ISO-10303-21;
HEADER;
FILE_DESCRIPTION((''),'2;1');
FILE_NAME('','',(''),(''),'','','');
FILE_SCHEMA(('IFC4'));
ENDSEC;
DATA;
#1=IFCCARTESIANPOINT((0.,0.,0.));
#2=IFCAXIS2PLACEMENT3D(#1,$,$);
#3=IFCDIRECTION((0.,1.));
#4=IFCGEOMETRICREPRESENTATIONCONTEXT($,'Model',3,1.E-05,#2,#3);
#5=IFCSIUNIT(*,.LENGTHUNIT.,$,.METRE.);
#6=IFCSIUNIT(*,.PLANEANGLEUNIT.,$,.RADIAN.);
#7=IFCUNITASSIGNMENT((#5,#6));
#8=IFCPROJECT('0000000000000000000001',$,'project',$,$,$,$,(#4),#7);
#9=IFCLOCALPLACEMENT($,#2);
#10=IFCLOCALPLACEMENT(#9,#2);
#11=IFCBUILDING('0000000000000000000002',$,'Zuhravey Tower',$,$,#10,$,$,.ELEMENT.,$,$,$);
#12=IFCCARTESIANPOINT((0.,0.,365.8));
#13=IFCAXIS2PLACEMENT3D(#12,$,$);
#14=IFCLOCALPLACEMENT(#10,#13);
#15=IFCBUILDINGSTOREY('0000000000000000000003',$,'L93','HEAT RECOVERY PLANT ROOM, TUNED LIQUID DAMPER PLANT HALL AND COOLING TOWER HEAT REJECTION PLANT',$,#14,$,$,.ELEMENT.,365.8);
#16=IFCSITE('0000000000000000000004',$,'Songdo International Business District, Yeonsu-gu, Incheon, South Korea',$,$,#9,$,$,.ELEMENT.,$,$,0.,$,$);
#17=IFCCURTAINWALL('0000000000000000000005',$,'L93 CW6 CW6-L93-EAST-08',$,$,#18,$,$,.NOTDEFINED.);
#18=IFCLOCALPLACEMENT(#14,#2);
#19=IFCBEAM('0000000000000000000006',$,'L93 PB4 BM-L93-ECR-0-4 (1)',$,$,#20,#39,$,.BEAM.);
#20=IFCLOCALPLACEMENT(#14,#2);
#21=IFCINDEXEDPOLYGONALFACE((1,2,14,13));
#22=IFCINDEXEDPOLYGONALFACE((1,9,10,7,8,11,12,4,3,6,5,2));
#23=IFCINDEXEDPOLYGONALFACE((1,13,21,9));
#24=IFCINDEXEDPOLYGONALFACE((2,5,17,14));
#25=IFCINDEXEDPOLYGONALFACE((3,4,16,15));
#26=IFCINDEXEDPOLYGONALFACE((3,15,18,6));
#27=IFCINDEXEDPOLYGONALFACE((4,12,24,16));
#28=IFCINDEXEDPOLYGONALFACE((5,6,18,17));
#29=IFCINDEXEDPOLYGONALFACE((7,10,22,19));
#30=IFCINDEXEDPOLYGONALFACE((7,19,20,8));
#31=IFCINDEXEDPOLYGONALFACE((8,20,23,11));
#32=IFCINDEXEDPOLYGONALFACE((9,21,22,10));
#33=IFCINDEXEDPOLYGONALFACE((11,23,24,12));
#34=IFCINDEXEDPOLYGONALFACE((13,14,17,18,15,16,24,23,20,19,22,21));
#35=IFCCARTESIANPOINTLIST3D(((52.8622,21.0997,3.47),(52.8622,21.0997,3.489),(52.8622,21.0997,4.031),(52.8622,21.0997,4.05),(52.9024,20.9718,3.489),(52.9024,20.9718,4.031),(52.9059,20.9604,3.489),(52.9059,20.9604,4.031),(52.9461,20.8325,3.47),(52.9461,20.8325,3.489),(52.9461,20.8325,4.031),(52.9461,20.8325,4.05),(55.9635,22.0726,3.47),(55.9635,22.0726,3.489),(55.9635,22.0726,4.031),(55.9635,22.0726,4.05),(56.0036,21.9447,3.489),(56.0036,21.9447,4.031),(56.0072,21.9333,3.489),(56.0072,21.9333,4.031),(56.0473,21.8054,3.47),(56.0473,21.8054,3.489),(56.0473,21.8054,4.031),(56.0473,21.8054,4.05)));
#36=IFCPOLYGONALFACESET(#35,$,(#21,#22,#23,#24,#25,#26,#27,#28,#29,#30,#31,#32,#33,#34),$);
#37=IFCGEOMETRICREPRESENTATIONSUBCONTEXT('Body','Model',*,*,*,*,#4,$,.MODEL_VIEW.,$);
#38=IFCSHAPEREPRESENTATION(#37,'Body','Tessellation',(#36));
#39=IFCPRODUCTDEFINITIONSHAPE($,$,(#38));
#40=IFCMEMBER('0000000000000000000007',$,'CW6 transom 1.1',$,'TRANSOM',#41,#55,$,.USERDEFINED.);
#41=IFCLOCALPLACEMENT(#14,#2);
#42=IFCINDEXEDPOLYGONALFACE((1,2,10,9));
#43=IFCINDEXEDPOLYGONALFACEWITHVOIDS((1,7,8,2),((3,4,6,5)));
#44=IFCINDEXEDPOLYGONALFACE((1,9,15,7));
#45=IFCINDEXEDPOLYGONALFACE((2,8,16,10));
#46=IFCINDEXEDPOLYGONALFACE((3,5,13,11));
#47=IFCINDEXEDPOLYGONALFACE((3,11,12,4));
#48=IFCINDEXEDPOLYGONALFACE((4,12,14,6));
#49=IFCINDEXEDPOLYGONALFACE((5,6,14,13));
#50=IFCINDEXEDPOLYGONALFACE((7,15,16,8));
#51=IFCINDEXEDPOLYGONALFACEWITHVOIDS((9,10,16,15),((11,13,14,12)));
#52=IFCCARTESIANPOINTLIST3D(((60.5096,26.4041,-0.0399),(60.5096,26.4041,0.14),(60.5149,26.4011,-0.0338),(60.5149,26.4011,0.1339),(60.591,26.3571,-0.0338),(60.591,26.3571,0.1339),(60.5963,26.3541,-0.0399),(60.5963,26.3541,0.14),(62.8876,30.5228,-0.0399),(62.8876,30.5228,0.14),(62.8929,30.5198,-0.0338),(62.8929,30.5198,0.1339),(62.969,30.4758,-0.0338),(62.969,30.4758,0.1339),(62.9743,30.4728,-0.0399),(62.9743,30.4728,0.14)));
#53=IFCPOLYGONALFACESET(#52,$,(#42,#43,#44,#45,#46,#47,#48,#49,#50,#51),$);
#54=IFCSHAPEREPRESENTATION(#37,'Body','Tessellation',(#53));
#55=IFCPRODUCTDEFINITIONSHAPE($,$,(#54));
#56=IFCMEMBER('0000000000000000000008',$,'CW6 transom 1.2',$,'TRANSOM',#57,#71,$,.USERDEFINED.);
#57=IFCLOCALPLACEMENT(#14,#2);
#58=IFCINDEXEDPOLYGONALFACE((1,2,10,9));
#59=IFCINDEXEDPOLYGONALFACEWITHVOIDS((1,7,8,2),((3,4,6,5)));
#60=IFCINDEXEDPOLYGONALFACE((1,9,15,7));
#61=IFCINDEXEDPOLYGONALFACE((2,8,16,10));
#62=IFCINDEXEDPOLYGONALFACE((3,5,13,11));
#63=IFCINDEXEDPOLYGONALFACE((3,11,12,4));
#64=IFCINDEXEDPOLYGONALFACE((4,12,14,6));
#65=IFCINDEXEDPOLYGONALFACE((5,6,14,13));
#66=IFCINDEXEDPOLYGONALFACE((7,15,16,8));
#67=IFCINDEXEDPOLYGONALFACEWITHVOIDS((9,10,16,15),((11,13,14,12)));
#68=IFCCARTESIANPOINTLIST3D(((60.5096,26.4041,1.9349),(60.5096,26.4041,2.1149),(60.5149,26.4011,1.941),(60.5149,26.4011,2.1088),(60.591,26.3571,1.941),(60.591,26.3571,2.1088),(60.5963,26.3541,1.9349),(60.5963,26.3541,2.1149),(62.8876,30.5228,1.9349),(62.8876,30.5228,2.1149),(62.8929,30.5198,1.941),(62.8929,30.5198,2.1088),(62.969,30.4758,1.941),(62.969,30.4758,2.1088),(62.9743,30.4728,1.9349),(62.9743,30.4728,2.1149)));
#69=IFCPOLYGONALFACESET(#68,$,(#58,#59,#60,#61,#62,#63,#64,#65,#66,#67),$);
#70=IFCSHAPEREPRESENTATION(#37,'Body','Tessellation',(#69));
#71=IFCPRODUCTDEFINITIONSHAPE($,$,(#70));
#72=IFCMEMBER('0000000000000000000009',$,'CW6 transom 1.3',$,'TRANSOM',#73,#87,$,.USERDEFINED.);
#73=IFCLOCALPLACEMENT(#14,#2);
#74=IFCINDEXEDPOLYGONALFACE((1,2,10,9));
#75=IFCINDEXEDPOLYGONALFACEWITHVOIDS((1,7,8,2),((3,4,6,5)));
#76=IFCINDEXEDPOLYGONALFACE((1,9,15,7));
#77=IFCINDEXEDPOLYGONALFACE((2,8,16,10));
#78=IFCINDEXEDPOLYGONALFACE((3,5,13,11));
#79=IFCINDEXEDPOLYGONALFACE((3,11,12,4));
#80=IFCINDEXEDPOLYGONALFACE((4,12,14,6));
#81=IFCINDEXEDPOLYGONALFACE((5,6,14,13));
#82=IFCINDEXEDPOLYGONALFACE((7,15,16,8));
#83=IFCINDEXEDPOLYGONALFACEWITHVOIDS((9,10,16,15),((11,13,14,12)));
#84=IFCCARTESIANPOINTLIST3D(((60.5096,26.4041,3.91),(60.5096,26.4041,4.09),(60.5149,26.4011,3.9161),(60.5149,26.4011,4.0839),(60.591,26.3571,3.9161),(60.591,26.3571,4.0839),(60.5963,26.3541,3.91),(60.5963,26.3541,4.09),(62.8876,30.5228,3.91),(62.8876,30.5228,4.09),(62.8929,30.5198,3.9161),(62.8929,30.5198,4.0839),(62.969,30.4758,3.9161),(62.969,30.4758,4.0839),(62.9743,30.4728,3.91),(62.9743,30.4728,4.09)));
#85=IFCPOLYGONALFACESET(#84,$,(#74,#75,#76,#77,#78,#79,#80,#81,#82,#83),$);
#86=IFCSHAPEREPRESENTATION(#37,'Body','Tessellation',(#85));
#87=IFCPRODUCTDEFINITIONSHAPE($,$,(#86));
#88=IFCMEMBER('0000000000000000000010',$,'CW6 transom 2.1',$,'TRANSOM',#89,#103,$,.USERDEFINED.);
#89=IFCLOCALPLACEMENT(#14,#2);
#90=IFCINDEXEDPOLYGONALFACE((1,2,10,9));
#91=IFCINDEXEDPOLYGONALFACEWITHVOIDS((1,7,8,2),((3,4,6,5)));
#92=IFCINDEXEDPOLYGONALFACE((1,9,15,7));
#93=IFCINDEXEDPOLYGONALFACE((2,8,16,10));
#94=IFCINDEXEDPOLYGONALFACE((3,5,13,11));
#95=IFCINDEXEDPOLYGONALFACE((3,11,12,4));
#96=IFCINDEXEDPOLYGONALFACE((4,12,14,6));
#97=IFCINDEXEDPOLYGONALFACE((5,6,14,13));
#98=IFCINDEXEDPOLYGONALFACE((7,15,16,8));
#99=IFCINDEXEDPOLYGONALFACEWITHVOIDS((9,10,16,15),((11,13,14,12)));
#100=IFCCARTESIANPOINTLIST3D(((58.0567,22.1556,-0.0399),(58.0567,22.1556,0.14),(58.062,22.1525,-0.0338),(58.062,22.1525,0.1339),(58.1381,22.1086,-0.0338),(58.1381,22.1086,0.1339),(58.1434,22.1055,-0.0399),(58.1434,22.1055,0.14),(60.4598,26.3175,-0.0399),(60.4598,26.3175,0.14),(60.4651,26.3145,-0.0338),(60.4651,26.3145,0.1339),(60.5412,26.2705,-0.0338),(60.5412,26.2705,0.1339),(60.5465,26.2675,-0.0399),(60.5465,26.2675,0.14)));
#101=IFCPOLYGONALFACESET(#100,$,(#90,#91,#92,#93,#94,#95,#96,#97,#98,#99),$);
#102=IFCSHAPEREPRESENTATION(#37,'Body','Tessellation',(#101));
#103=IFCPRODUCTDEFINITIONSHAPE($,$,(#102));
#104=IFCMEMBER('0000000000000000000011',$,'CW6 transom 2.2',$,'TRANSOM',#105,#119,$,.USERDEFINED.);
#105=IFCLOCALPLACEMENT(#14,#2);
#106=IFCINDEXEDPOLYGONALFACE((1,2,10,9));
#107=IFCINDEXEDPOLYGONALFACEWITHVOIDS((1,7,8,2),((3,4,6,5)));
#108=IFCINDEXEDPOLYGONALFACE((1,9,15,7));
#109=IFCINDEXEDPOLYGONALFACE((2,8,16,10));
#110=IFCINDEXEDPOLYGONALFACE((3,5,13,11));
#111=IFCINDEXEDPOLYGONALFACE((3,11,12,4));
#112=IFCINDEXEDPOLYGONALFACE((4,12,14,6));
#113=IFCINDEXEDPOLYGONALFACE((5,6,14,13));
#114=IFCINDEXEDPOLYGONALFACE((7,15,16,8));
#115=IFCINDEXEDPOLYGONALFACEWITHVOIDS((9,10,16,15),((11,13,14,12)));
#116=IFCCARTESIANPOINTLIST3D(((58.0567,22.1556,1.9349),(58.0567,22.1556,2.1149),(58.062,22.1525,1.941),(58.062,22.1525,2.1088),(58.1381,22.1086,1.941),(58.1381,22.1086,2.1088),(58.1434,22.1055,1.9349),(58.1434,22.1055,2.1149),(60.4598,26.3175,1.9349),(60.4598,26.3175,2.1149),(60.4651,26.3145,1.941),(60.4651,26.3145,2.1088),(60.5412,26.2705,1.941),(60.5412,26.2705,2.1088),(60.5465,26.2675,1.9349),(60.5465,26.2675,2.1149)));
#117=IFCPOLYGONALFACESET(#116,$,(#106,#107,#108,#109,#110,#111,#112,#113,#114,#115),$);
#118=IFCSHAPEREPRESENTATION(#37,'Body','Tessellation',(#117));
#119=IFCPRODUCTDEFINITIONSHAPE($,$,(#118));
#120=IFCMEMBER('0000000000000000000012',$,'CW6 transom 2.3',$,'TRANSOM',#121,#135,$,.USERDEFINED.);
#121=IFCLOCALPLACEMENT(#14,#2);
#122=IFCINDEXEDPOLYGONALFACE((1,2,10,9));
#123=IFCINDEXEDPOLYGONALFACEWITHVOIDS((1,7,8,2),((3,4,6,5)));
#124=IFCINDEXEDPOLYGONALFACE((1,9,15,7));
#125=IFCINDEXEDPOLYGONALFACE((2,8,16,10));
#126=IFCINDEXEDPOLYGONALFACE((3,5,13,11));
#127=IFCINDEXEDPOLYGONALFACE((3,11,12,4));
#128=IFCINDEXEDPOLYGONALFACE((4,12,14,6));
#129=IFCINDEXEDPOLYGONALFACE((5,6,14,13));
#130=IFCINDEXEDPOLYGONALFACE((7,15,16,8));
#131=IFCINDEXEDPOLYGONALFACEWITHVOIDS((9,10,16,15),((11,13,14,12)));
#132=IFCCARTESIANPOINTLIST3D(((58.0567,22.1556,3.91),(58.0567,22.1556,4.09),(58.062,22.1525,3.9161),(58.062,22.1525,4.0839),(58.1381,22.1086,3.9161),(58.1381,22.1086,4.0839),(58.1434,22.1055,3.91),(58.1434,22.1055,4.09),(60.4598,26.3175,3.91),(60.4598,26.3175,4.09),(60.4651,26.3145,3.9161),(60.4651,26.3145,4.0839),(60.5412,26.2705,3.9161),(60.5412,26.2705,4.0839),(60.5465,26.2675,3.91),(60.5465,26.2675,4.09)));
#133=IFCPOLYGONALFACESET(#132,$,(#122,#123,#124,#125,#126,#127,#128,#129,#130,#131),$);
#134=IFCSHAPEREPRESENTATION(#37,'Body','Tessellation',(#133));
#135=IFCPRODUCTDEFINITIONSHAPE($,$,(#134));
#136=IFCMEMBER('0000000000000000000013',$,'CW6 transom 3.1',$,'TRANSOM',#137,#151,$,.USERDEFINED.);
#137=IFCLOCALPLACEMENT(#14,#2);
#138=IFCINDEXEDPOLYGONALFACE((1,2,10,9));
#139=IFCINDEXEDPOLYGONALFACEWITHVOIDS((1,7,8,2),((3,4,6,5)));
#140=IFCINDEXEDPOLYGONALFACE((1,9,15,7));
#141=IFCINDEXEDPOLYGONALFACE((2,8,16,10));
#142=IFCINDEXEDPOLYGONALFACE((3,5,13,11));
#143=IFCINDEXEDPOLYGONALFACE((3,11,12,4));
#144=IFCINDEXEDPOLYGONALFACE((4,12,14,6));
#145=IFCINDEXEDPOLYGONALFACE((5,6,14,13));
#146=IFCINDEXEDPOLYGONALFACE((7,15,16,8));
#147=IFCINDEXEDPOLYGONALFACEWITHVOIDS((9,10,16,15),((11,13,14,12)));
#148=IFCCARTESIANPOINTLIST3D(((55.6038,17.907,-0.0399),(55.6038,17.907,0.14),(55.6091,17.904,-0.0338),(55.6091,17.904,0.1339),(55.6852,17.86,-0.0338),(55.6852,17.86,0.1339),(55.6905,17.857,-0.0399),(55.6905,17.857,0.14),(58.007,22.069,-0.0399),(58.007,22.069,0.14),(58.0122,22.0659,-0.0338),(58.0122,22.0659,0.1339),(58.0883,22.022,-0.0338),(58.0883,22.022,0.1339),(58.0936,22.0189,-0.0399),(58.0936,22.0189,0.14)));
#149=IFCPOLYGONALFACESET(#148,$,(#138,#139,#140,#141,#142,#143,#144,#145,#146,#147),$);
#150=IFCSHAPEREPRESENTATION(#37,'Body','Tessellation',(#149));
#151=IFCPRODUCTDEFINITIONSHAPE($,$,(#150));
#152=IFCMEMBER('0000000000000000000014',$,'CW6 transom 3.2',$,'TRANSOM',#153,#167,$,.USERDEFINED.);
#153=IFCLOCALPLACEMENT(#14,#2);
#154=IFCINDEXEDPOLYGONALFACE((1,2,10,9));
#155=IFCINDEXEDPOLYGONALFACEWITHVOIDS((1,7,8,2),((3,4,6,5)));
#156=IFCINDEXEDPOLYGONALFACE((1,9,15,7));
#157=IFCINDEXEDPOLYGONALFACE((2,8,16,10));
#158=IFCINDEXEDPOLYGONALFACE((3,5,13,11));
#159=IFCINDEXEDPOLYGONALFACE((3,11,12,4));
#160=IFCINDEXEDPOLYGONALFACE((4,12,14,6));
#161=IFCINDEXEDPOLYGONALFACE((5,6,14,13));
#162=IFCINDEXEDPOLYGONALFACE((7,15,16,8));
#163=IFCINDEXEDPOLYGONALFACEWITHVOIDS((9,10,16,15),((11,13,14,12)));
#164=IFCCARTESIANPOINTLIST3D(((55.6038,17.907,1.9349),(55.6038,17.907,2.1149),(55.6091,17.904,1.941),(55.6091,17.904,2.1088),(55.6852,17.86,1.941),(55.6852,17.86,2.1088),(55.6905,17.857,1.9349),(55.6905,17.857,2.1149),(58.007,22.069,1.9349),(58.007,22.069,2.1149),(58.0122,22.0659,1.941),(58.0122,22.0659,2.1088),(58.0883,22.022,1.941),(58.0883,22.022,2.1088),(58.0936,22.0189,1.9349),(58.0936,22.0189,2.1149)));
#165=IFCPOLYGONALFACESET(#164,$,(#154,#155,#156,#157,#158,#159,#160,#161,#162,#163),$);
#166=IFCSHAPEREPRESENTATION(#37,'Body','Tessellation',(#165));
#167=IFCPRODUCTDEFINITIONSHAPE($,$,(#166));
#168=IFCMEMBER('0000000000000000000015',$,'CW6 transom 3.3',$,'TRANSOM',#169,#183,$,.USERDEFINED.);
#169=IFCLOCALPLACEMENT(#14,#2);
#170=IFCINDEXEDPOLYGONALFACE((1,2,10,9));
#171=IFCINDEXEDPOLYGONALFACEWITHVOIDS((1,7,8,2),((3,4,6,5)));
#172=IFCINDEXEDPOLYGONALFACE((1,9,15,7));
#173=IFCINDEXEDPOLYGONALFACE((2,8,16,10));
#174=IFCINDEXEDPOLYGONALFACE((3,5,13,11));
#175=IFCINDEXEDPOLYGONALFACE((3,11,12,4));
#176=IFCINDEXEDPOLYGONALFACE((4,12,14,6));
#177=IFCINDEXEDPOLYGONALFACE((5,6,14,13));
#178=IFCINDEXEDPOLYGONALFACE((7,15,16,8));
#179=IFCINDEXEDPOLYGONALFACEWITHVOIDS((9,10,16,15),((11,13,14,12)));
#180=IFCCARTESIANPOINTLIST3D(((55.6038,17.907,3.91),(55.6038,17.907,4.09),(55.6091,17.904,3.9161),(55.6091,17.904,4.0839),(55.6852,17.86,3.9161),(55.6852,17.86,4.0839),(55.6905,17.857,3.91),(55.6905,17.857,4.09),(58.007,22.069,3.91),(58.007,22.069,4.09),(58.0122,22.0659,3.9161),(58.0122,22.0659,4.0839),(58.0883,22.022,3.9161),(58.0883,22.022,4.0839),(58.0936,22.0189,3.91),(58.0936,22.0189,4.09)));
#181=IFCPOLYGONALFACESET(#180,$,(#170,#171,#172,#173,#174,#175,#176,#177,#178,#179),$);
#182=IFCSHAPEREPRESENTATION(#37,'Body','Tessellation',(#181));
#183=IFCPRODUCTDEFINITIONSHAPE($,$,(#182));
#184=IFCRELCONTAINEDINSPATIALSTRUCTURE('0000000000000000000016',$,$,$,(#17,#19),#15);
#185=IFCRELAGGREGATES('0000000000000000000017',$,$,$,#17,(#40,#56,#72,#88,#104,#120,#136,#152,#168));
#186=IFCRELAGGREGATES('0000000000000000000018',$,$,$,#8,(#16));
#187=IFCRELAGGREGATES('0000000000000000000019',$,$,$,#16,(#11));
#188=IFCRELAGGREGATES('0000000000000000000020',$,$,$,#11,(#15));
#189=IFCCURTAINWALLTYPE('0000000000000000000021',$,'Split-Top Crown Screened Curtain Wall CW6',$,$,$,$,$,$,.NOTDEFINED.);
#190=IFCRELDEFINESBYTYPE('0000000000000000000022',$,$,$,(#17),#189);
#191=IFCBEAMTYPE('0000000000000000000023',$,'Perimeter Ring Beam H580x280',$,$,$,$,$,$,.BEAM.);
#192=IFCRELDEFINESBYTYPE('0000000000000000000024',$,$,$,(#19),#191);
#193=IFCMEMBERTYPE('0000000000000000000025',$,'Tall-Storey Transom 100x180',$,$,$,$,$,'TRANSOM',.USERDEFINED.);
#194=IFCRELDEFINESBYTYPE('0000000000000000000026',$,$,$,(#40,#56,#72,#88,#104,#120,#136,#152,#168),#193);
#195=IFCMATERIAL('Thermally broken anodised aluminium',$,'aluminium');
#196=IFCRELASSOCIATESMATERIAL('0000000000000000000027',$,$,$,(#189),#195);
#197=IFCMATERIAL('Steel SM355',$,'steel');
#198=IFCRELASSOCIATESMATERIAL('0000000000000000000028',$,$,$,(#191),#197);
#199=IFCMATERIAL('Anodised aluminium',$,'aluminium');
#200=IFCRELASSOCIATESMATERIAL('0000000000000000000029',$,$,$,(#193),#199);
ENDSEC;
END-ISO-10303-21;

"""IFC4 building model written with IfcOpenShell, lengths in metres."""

from ifc_helpers import new_model, si_unit, direction, frame, origin, origin_2d, place, context, subcontext, project, spatial, hollow_rectangle, i_section, extrude, material, material_profile, profile_set, type_object, element, aggregate, save


model = new_model("IFC4")

# Units and contexts
model_context = context("Model", 3, precision=1e-05, world=origin(), true_north=direction((0.0, 1.0)))
body_context = subcontext(model_context, "Body", "Model", "MODEL_VIEW")
ifc_project = project(units=[si_unit("LENGTHUNIT", "METRE"), si_unit("PLANEANGLEUNIT", "RADIAN")], contexts=[model_context])

# Site, building, storey
site_placement = place(None, origin())
site = spatial("IfcSite", under=ifc_project, at=site_placement, Name="Songdo International Business District, Yeonsu-gu, Incheon, South Korea", CompositionType="ELEMENT", RefElevation=0.0)
building_placement = place(site_placement, origin())
building = spatial("IfcBuilding", under=site, at=building_placement, Name="Zuhravey Tower", CompositionType="ELEMENT")
storey_placement = place(building_placement, frame((0.0, 0.0, 365.8)))
storey = spatial("IfcBuildingStorey", under=building, at=storey_placement, Name="L93", Description="HEAT RECOVERY PLANT ROOM, TUNED LIQUID DAMPER PLANT HALL AND COOLING TOWER HEAT REJECTION PLANT", CompositionType="ELEMENT", Elevation=365.8)

# Shared definitions
ifc_material_1 = material(Name="Steel SM355", Category="steel")

# Curtain wall
ifc_material_2 = material(Name="Thermally broken anodised aluminium", Category="aluminium")
curtain_wall_type = type_object("IfcCurtainWallType", Name="Split-Top Crown Screened Curtain Wall CW6", PredefinedType="NOTDEFINED", material=ifc_material_2)
curtain_wall_placement = place(storey_placement, origin())
curtain_wall = element("IfcCurtainWall", 1, at=curtain_wall_placement, inside=storey, type_object=curtain_wall_type, Name="L93 CW6 CW6-L93-EAST-08", PredefinedType="NOTDEFINED")
ifc_material_3 = material(Name="Anodised aluminium", Category="aluminium")

# Beam
ifc_material_profile_1 = material_profile(ifc_material_1, i_section(OverallWidth=0.28, OverallDepth=0.5801, WebThickness=0.012, FlangeThickness=0.019, at=origin_2d()), Name="H-580x280x12x19")
ifc_profile_set_1 = profile_set([ifc_material_profile_1], Name="Steel SM355")
beam_type = type_object("IfcBeamType", Name="Perimeter Ring Beam H580x280", PredefinedType="BEAM", material=ifc_profile_set_1)
beam_1_placement = place(storey_placement, frame((56.0054, 21.939, 3.76), z_axis=(-0.954152, -0.299323, 0.0), x_axis=(0.299323, -0.954152, 0.0)))
element("IfcBeam", 2, at=beam_1_placement, inside=storey, type_object=beam_type, Name="L93 PB4 BM-L93-ECR-0-4 (1)", PredefinedType="BEAM", context=body_context, shape_type="SweptSolid", body=[
    extrude(i_section(OverallWidth=0.28, OverallDepth=0.5801, WebThickness=0.012, FlangeThickness=0.019, at=origin_2d()), origin(), (0.0, 0.0, 1.0), 3.2502),
])

# Members
ifc_material_profile_2 = material_profile(ifc_material_3, hollow_rectangle(XDim=0.1001, YDim=0.1799, WallThickness=0.0061, at=origin_2d()), Name="ALU-RHS-100x180x6")
ifc_profile_set_2 = profile_set([ifc_material_profile_2], Name="Anodised aluminium")
member_type_1 = type_object("IfcMemberType", Name="Tall-Storey Transom 100x180", ElementType="TRANSOM", PredefinedType="USERDEFINED", material=ifc_profile_set_2)
member_1_placement = place(storey_placement, frame((62.9309, 30.4978, 0.05), z_axis=(-0.500004, -0.866023, 0.0), x_axis=(0.866023, -0.500004, 0.0)))
member_1 = element("IfcMember", 3, at=member_1_placement, type_object=member_type_1, Name="CW6 transom 1.1", ObjectType="TRANSOM", PredefinedType="USERDEFINED", context=body_context, shape_type="SweptSolid", body=[
    extrude(hollow_rectangle(XDim=0.1001, YDim=0.1799, WallThickness=0.0061, at=origin_2d()), origin(), (0.0, 0.0, 1.0), 4.7559),
])
member_2_placement = place(storey_placement, frame((62.9309, 30.4978, 2.0249), z_axis=(-0.500004, -0.866023, 0.0), x_axis=(0.866023, -0.500004, 0.0)))
member_2 = element("IfcMember", 4, at=member_2_placement, type_object=member_type_1, Name="CW6 transom 1.2", ObjectType="TRANSOM", PredefinedType="USERDEFINED", context=body_context, shape_type="SweptSolid", body=[
    extrude(hollow_rectangle(XDim=0.1001, YDim=0.1799, WallThickness=0.0061, at=origin_2d()), origin(), (0.0, 0.0, 1.0), 4.7559),
])
member_3_placement = place(storey_placement, frame((62.9309, 30.4978, 4.0), z_axis=(-0.500004, -0.866023, 0.0), x_axis=(0.866023, -0.500004, 0.0)))
member_3 = element("IfcMember", 5, at=member_3_placement, type_object=member_type_1, Name="CW6 transom 1.3", ObjectType="TRANSOM", PredefinedType="USERDEFINED", context=body_context, shape_type="SweptSolid", body=[
    extrude(hollow_rectangle(XDim=0.1001, YDim=0.1799, WallThickness=0.0061, at=origin_2d()), origin(), (0.0, 0.0, 1.0), 4.7559),
])
member_4_placement = place(storey_placement, frame((60.5032, 26.2925, 0.05), z_axis=(-0.500035, -0.866005, 0.0), x_axis=(0.866005, -0.500035, 0.0)))
member_4 = element("IfcMember", 6, at=member_4_placement, type_object=member_type_1, Name="CW6 transom 2.1", ObjectType="TRANSOM", PredefinedType="USERDEFINED", context=body_context, shape_type="SweptSolid", body=[
    extrude(hollow_rectangle(XDim=0.1001, YDim=0.1799, WallThickness=0.0061, at=origin_2d()), origin(), (0.0, 0.0, 1.0), 4.8059),
])
member_5_placement = place(storey_placement, frame((60.5032, 26.2925, 2.0249), z_axis=(-0.500035, -0.866005, 0.0), x_axis=(0.866005, -0.500035, 0.0)))
member_5 = element("IfcMember", 7, at=member_5_placement, type_object=member_type_1, Name="CW6 transom 2.2", ObjectType="TRANSOM", PredefinedType="USERDEFINED", context=body_context, shape_type="SweptSolid", body=[
    extrude(hollow_rectangle(XDim=0.1001, YDim=0.1799, WallThickness=0.0061, at=origin_2d()), origin(), (0.0, 0.0, 1.0), 4.8059),
])
member_6_placement = place(storey_placement, frame((60.5032, 26.2925, 4.0), z_axis=(-0.500035, -0.866005, 0.0), x_axis=(0.866005, -0.500035, 0.0)))
member_6 = element("IfcMember", 8, at=member_6_placement, type_object=member_type_1, Name="CW6 transom 2.3", ObjectType="TRANSOM", PredefinedType="USERDEFINED", context=body_context, shape_type="SweptSolid", body=[
    extrude(hollow_rectangle(XDim=0.1001, YDim=0.1799, WallThickness=0.0061, at=origin_2d()), origin(), (0.0, 0.0, 1.0), 4.8059),
])
member_7_placement = place(storey_placement, frame((58.0503, 22.0439, 0.05), z_axis=(-0.500035, -0.866005, 0.0), x_axis=(0.866005, -0.500035, 0.0)))
member_7 = element("IfcMember", 9, at=member_7_placement, type_object=member_type_1, Name="CW6 transom 3.1", ObjectType="TRANSOM", PredefinedType="USERDEFINED", context=body_context, shape_type="SweptSolid", body=[
    extrude(hollow_rectangle(XDim=0.1001, YDim=0.1799, WallThickness=0.0061, at=origin_2d()), origin(), (0.0, 0.0, 1.0), 4.8059),
])
member_8_placement = place(storey_placement, frame((58.0503, 22.0439, 2.0249), z_axis=(-0.500035, -0.866005, 0.0), x_axis=(0.866005, -0.500035, 0.0)))
member_8 = element("IfcMember", 10, at=member_8_placement, type_object=member_type_1, Name="CW6 transom 3.2", ObjectType="TRANSOM", PredefinedType="USERDEFINED", context=body_context, shape_type="SweptSolid", body=[
    extrude(hollow_rectangle(XDim=0.1001, YDim=0.1799, WallThickness=0.0061, at=origin_2d()), origin(), (0.0, 0.0, 1.0), 4.8059),
])
member_9_placement = place(storey_placement, frame((58.0503, 22.0439, 4.0), z_axis=(-0.500035, -0.866005, 0.0), x_axis=(0.866005, -0.500035, 0.0)))
member_9 = element("IfcMember", 11, at=member_9_placement, type_object=member_type_1, Name="CW6 transom 3.3", ObjectType="TRANSOM", PredefinedType="USERDEFINED", context=body_context, shape_type="SweptSolid", body=[
    extrude(hollow_rectangle(XDim=0.1001, YDim=0.1799, WallThickness=0.0061, at=origin_2d()), origin(), (0.0, 0.0, 1.0), 4.8059),
])

aggregate(curtain_wall, [member_1, member_2, member_3, member_4, member_5, member_6, member_7, member_8, member_9])

save(model, "model.ifc")
